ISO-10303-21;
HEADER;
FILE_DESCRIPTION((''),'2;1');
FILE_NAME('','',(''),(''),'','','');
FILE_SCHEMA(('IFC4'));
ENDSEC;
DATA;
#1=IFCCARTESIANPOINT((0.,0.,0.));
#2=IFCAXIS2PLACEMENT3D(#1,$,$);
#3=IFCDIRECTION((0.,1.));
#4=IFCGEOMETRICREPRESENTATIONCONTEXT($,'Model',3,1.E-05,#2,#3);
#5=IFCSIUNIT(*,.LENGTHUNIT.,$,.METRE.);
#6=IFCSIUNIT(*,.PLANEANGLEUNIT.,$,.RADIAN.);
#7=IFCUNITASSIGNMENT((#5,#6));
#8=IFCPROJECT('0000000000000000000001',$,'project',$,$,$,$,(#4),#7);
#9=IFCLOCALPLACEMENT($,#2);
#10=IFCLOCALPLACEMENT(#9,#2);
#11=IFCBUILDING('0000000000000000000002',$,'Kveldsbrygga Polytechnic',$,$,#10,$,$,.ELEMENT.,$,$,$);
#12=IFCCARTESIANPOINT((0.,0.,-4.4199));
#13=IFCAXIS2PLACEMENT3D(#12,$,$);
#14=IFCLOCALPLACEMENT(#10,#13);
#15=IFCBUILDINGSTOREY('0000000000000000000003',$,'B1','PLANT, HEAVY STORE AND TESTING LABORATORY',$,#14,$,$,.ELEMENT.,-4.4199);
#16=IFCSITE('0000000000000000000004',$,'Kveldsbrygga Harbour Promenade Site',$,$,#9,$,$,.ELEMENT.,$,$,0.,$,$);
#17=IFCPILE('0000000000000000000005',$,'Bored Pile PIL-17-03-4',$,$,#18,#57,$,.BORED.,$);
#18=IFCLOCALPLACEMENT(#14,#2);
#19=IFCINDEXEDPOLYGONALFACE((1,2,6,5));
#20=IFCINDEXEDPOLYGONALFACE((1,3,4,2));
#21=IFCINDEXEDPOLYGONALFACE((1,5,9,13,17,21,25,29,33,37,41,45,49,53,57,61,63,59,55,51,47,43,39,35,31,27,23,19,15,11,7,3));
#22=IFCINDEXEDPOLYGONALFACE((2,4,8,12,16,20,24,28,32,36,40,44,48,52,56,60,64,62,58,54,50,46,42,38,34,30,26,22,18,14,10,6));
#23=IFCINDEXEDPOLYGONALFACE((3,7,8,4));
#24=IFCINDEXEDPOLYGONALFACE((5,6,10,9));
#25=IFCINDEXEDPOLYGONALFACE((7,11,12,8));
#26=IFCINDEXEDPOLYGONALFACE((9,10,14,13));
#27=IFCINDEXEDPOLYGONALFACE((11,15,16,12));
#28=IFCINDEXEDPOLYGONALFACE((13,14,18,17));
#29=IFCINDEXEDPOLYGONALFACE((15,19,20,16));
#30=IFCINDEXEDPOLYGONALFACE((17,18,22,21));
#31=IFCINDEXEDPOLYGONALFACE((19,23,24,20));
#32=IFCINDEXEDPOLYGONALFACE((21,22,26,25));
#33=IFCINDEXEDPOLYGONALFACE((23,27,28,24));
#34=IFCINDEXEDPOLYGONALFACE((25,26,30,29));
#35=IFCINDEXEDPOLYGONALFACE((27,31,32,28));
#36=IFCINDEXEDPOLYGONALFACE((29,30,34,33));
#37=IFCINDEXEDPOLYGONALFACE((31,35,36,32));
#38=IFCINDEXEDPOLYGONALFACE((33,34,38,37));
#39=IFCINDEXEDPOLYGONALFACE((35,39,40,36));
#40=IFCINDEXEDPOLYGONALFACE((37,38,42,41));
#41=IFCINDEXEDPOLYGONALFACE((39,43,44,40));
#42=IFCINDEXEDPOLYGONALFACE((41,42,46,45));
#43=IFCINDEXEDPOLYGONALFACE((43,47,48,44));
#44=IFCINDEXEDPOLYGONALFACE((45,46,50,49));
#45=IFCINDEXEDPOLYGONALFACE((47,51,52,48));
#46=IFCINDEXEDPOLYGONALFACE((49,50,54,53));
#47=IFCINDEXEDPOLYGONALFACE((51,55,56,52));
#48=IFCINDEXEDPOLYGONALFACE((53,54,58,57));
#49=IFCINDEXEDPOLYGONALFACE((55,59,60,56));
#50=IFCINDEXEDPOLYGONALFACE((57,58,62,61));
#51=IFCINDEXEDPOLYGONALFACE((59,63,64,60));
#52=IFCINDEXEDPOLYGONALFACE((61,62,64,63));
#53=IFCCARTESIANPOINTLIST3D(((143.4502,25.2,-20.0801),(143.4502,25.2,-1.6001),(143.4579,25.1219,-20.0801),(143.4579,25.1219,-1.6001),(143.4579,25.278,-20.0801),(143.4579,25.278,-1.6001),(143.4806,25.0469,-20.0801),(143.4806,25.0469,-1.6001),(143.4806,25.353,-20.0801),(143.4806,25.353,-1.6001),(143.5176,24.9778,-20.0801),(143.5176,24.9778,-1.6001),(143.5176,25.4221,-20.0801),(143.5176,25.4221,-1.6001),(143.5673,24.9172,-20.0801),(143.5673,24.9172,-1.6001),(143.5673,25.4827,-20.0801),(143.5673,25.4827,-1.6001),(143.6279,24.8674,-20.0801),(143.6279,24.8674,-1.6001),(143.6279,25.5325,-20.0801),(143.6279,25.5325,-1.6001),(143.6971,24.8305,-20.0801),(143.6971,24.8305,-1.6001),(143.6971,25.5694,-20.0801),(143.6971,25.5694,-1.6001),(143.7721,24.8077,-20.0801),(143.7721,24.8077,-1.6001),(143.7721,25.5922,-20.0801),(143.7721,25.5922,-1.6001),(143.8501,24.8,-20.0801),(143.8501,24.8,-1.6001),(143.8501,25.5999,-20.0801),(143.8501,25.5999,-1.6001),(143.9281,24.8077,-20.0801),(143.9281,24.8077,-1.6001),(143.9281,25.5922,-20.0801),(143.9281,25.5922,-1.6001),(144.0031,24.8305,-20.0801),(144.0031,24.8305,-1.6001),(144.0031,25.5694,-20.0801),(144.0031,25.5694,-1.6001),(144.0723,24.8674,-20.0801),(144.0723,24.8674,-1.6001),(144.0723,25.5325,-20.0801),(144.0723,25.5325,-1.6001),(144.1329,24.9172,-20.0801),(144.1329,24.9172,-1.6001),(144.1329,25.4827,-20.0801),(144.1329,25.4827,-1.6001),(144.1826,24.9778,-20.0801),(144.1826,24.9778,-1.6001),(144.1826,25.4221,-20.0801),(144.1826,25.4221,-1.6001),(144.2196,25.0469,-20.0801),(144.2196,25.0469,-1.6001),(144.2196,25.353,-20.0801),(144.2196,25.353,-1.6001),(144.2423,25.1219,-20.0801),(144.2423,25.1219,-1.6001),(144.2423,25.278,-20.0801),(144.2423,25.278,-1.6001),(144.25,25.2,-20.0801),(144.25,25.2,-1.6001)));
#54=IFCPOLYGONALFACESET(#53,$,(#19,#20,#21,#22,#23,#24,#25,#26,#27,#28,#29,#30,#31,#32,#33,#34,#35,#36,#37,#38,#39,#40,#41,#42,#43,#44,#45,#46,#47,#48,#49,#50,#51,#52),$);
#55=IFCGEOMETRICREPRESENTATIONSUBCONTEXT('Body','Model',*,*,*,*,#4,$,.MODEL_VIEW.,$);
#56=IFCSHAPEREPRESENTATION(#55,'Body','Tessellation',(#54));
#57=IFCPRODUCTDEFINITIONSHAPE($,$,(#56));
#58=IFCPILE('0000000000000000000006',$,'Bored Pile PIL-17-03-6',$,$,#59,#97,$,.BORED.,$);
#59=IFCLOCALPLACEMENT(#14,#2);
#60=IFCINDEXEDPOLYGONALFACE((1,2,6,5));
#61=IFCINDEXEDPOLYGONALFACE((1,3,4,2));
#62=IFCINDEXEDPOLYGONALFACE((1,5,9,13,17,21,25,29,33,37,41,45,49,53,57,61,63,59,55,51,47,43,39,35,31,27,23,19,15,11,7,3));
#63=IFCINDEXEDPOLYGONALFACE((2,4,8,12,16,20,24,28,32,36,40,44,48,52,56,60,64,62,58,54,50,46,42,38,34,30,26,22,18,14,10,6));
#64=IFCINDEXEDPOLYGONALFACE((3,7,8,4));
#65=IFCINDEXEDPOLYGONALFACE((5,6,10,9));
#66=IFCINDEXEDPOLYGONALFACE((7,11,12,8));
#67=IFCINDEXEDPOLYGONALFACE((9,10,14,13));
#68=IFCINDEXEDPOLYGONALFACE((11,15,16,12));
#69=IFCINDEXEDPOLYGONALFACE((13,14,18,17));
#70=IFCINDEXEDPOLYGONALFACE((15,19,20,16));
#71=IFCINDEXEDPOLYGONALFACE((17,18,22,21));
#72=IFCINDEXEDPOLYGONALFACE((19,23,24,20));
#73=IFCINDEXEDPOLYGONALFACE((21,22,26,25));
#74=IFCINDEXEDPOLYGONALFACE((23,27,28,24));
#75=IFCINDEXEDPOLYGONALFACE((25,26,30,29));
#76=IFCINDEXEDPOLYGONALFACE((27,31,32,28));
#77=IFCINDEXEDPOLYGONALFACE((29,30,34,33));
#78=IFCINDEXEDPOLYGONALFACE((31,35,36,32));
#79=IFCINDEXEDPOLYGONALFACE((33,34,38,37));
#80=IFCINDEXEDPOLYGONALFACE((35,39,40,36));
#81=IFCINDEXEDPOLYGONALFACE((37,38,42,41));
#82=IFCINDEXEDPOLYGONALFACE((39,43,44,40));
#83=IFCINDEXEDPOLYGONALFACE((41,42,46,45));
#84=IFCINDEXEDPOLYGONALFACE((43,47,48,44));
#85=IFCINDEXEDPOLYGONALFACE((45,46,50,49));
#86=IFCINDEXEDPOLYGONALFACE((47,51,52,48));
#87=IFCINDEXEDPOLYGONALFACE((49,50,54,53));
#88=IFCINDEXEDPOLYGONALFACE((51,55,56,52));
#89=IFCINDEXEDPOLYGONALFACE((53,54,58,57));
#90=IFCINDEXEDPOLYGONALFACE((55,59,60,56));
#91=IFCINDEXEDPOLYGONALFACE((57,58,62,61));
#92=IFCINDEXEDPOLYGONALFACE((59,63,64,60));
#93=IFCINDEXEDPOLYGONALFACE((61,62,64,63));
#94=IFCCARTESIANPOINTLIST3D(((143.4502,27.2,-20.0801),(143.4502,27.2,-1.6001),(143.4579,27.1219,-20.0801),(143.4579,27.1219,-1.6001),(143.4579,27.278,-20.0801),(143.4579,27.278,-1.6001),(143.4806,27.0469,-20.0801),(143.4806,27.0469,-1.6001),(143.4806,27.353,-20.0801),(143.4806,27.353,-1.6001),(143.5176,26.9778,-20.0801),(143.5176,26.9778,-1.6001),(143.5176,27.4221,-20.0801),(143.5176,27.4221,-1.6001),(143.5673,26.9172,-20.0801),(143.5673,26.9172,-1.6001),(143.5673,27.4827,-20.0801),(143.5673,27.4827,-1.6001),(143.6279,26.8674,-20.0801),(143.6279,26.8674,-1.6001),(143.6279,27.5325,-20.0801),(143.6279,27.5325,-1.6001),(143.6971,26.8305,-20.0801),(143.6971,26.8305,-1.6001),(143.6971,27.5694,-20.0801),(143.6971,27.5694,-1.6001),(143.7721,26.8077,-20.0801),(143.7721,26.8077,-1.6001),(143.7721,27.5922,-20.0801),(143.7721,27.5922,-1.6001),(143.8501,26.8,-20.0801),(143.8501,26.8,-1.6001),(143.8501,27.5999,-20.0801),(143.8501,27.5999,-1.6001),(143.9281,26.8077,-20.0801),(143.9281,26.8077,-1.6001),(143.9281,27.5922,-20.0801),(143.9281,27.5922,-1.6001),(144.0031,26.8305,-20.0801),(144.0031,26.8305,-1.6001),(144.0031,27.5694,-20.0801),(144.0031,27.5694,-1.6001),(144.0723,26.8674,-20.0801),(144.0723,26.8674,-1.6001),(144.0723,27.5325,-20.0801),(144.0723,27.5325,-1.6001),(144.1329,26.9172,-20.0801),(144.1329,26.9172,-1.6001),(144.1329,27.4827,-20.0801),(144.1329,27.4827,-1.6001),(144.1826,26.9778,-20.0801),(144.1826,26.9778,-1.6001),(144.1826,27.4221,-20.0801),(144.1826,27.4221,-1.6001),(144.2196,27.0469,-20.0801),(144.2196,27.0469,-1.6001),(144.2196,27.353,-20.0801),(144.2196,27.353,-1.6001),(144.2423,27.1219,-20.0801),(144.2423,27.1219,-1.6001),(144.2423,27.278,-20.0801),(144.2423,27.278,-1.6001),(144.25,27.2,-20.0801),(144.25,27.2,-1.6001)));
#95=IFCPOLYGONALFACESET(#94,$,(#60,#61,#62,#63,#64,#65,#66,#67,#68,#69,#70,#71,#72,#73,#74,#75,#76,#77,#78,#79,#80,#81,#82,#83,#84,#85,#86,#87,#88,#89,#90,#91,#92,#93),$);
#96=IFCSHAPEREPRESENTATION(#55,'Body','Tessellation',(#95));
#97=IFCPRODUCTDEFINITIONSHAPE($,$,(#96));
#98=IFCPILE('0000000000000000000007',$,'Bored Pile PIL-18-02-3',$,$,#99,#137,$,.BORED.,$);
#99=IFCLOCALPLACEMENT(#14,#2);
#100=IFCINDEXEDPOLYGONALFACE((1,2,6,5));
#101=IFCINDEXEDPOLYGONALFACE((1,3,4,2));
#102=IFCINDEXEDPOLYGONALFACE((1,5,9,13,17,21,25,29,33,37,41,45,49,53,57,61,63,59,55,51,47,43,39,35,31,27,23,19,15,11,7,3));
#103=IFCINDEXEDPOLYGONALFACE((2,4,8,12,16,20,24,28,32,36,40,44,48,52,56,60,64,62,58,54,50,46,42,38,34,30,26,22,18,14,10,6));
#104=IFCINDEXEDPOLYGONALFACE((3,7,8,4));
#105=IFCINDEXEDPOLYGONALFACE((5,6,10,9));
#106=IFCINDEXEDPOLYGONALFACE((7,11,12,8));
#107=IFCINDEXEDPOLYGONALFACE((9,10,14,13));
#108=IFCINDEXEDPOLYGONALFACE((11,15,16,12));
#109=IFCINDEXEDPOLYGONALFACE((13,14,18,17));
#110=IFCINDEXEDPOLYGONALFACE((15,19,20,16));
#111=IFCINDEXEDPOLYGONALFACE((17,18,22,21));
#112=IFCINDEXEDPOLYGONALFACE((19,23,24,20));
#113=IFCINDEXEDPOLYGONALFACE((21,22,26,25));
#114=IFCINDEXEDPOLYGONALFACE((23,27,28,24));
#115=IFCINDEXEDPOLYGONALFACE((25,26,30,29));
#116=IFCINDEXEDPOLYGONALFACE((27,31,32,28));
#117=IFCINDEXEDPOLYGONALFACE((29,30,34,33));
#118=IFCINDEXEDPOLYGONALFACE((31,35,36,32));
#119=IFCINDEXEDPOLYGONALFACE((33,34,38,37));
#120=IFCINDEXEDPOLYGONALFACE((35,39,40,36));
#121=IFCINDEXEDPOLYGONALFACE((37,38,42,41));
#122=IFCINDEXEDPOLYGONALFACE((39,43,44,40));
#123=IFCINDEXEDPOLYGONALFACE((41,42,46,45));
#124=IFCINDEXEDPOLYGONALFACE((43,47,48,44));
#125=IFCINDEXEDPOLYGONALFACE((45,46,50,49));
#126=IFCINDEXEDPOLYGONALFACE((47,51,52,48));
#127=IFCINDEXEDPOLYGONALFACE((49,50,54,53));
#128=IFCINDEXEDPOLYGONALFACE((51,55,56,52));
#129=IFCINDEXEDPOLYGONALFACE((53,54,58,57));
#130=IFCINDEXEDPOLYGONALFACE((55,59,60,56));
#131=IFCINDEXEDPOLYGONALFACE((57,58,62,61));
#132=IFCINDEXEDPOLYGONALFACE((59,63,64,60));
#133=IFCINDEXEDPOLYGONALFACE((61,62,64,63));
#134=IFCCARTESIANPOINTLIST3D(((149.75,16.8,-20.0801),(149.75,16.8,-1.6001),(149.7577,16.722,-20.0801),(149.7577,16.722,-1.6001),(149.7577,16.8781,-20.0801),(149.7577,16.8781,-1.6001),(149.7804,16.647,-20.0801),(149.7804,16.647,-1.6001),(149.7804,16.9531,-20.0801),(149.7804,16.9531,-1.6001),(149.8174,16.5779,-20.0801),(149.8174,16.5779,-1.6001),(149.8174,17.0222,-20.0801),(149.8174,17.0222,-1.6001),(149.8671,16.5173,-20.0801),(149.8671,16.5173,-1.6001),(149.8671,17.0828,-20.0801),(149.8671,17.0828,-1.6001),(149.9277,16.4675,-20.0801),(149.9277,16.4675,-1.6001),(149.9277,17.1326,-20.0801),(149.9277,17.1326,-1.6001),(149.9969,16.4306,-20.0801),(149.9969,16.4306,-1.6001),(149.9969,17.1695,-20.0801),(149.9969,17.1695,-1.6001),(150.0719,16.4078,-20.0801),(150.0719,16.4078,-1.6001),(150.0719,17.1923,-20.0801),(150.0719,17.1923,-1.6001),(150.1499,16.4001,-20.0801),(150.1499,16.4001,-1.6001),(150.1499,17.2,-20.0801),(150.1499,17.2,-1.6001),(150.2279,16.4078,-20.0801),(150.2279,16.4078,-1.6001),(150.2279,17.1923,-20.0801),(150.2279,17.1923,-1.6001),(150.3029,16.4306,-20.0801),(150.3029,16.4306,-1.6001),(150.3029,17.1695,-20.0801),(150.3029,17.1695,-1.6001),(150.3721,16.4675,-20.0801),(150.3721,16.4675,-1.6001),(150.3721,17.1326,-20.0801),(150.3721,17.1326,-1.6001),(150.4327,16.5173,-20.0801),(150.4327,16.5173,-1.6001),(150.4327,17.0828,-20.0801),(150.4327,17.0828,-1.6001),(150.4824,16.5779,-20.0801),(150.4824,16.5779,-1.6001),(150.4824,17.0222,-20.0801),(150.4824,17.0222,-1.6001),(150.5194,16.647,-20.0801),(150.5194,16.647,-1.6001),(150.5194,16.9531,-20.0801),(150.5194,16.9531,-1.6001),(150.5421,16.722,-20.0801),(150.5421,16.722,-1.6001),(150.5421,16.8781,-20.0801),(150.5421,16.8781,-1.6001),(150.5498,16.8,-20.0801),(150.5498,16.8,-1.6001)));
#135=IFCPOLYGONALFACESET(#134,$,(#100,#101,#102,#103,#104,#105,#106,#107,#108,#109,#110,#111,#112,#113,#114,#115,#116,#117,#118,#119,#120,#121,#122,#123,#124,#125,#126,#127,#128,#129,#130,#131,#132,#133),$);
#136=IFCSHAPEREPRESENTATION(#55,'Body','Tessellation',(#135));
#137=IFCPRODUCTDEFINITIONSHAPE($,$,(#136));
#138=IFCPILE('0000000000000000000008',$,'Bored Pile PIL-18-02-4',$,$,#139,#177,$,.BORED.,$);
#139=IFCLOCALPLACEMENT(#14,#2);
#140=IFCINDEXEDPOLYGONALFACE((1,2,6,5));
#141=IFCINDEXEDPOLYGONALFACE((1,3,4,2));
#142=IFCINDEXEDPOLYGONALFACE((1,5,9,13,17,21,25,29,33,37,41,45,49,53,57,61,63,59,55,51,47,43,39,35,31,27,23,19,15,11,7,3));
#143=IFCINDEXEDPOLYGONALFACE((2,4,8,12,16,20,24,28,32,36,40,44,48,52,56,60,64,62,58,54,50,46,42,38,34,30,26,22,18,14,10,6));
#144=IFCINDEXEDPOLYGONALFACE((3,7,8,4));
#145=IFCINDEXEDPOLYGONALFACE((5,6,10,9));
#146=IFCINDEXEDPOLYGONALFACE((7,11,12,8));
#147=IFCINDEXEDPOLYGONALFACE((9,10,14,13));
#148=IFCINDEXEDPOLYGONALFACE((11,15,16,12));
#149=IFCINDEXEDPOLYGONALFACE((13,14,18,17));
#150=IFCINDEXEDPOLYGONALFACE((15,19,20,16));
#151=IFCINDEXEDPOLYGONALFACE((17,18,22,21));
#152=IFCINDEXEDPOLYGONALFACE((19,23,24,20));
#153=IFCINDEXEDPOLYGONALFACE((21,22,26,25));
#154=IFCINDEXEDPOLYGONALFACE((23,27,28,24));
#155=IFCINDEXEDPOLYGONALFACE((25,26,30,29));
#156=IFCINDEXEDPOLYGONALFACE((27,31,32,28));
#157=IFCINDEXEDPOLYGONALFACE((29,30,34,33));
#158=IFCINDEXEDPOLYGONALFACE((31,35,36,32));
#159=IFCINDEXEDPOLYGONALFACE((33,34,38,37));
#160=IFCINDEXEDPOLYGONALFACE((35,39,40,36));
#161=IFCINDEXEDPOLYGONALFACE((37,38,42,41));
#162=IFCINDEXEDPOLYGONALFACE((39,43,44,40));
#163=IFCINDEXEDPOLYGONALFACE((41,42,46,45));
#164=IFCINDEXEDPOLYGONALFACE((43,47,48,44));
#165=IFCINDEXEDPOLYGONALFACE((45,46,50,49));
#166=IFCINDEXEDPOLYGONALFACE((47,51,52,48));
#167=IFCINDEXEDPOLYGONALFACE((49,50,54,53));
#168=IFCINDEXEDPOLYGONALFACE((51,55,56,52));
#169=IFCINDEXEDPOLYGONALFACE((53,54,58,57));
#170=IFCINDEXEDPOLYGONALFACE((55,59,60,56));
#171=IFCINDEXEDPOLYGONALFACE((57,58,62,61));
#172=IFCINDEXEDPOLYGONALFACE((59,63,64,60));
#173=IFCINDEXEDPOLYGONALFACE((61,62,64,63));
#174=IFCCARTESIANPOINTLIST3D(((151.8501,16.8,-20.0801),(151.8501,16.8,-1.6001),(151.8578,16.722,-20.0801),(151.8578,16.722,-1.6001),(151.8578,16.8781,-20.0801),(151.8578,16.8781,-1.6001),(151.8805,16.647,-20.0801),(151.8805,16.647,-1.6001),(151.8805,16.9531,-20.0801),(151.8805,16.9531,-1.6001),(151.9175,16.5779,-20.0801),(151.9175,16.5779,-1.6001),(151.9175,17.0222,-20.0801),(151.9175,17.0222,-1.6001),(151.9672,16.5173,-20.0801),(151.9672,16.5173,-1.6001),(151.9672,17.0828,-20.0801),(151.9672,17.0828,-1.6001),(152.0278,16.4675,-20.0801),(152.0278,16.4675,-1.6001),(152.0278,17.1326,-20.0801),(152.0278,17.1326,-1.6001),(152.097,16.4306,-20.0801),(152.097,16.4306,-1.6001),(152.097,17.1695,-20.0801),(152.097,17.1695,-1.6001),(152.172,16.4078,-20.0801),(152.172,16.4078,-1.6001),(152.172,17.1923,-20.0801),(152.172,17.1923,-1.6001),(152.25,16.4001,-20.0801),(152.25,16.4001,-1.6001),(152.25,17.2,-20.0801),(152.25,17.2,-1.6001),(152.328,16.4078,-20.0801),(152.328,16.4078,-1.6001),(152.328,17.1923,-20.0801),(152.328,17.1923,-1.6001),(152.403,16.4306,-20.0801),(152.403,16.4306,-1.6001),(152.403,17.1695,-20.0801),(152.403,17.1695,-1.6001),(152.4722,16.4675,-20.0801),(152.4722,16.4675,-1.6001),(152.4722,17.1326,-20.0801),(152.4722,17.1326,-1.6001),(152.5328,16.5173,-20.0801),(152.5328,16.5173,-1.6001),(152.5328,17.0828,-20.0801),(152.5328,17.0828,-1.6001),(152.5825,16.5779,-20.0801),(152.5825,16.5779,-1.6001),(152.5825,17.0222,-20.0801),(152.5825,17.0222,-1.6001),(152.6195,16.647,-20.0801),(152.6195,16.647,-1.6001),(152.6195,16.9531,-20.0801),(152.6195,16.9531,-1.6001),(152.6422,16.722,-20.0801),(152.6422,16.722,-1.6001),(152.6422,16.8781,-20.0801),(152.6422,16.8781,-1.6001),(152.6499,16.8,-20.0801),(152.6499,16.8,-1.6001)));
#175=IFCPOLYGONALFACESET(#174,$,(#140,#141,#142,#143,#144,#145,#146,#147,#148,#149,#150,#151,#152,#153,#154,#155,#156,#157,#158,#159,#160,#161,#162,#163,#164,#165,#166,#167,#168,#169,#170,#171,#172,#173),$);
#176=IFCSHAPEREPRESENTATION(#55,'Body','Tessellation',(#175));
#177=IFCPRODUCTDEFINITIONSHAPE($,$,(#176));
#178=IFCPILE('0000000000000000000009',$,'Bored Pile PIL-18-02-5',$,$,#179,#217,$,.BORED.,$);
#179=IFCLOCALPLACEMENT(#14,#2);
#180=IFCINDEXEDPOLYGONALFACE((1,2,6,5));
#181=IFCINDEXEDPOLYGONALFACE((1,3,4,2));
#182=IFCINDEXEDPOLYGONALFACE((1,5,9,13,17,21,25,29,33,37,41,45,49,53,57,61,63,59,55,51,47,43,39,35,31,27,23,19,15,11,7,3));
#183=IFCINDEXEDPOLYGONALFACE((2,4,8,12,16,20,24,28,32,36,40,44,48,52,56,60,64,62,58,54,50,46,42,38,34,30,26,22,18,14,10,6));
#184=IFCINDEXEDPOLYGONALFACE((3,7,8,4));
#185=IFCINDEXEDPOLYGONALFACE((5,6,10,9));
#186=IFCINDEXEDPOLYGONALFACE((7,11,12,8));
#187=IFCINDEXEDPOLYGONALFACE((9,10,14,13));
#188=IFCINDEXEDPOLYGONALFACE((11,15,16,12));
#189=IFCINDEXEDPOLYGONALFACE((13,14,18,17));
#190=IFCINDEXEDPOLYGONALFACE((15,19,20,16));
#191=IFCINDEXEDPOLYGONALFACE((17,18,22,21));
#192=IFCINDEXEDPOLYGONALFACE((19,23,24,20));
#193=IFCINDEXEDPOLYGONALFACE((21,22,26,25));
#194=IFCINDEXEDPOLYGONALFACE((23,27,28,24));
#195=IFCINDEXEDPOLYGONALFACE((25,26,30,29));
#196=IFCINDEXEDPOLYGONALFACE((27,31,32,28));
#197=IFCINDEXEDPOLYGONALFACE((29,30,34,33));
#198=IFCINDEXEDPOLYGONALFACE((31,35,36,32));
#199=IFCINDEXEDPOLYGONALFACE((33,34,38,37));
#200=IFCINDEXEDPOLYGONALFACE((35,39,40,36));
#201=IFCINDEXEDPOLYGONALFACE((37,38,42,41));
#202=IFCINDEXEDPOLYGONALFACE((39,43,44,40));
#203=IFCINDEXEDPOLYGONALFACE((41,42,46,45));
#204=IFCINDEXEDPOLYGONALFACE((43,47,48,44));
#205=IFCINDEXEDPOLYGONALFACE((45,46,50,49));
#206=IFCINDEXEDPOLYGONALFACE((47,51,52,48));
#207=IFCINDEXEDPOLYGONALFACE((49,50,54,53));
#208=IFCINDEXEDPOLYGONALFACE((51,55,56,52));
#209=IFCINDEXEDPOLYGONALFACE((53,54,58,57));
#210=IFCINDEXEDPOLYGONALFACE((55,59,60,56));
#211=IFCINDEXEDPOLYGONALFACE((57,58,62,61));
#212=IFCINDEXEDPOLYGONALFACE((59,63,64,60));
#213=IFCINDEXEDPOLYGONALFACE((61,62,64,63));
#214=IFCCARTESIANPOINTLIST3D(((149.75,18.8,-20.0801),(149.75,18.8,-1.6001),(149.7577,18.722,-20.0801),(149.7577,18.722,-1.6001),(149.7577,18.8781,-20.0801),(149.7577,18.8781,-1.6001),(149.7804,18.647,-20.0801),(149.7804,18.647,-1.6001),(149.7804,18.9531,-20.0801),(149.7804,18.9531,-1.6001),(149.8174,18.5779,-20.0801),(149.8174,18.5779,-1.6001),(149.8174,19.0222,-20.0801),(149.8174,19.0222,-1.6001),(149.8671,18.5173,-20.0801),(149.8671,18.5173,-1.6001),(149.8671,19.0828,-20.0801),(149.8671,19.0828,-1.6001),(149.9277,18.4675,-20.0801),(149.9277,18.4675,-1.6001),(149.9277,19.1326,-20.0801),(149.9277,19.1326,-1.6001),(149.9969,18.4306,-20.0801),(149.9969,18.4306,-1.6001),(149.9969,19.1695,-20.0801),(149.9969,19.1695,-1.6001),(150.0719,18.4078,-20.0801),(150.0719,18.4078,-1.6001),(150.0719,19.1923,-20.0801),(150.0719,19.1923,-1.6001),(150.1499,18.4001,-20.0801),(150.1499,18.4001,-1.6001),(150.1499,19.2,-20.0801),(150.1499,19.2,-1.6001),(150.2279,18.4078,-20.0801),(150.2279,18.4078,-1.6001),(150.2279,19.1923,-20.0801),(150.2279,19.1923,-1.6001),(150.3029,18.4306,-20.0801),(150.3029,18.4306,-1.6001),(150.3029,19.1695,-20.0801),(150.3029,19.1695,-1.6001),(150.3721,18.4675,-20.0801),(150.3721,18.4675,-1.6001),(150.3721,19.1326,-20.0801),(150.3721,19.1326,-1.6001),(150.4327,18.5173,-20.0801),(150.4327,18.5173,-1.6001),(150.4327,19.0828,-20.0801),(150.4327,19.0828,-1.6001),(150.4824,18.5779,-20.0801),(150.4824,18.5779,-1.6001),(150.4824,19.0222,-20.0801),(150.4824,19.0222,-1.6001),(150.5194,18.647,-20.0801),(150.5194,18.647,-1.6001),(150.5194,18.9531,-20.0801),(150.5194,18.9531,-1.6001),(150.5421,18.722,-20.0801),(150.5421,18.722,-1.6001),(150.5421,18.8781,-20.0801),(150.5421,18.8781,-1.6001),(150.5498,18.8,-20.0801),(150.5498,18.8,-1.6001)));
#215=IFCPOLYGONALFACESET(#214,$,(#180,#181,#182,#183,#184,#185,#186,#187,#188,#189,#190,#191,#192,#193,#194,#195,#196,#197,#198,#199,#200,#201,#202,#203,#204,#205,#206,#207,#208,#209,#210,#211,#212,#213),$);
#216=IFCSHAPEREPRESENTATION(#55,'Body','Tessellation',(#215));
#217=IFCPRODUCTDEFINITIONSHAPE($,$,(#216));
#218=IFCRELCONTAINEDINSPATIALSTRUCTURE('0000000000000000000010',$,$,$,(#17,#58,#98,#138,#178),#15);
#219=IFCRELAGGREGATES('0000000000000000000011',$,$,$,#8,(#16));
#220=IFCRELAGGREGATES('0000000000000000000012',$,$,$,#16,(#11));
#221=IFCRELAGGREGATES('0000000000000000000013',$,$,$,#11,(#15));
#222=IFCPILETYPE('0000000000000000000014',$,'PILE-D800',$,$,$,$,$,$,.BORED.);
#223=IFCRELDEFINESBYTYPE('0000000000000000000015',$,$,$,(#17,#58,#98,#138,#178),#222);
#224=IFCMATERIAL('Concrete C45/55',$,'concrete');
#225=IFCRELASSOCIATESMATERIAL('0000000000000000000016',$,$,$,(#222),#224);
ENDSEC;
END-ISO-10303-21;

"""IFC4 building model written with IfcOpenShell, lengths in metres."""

from ifc_helpers import new_model, si_unit, direction, frame, origin, origin_2d, place, context, subcontext, project, spatial, circle, extrude, material, material_profile, profile_set, type_object, element, save


model = new_model("IFC4")

# Units and contexts
model_context = context("Model", 3, precision=1e-05, world=origin(), true_north=direction((0.0, 1.0)))
body_context = subcontext(model_context, "Body", "Model", "MODEL_VIEW")
ifc_project = project(units=[si_unit("LENGTHUNIT", "METRE"), si_unit("PLANEANGLEUNIT", "RADIAN")], contexts=[model_context])

# Site, building, storey
site_placement = place(None, origin())
site = spatial("IfcSite", under=ifc_project, at=site_placement, Name="Kveldsbrygga Harbour Promenade Site", CompositionType="ELEMENT", RefElevation=0.0)
building_placement = place(site_placement, origin())
building = spatial("IfcBuilding", under=site, at=building_placement, Name="Kveldsbrygga Polytechnic", CompositionType="ELEMENT")
storey_placement = place(building_placement, frame((0.0, 0.0, -4.4199)))
storey = spatial("IfcBuildingStorey", under=building, at=storey_placement, Name="B1", Description="PLANT, HEAVY STORE AND TESTING LABORATORY", CompositionType="ELEMENT", Elevation=-4.4199)

# Shared definitions
ifc_material_1 = material(Name="Concrete C45/55", Category="concrete")

# Piles
ifc_material_profile_1 = material_profile(ifc_material_1, circle(Radius=0.3999, at=origin_2d()), Name="PILE D800")
ifc_profile_set_1 = profile_set([ifc_material_profile_1], Name="Concrete C45/55")
pile_type = type_object("IfcPileType", Name="PILE-D800", PredefinedType="BORED", material=ifc_profile_set_1)
for number, where, z_axis, x_axis, name in (
    (1, (143.8501, 25.2, -1.6001), (0.0, 0.0, -1.0), (1.0, 0.0, 0.0), "Bored Pile PIL-17-03-4"),
    (2, (143.8501, 27.2, -1.6001), (0.0, 0.0, -1.0), (1.0, 0.0, 0.0), "Bored Pile PIL-17-03-6"),
    (3, (150.1499, 16.8, -1.6001), (0.0, 0.0, -1.0), (1.0, 0.0, 0.0), "Bored Pile PIL-18-02-3"),
    (4, (152.25, 16.8, -1.6001), (0.0, 0.0, -1.0), (1.0, 0.0, 0.0), "Bored Pile PIL-18-02-4"),
    (5, (150.1499, 18.8, -1.6001), (0.0, 0.0, -1.0), (1.0, 0.0, 0.0), "Bored Pile PIL-18-02-5"),
):
    element("IfcPile", number, at=place(storey_placement, frame(where, z_axis=z_axis, x_axis=x_axis)), inside=storey, type_object=pile_type, Name=name, PredefinedType="BORED", context=body_context, shape_type="SweptSolid", body=[
        extrude(circle(Radius=0.3999, at=origin_2d()), origin(), (0.0, 0.0, 1.0), 18.48),
    ])

save(model, "model.ifc")
